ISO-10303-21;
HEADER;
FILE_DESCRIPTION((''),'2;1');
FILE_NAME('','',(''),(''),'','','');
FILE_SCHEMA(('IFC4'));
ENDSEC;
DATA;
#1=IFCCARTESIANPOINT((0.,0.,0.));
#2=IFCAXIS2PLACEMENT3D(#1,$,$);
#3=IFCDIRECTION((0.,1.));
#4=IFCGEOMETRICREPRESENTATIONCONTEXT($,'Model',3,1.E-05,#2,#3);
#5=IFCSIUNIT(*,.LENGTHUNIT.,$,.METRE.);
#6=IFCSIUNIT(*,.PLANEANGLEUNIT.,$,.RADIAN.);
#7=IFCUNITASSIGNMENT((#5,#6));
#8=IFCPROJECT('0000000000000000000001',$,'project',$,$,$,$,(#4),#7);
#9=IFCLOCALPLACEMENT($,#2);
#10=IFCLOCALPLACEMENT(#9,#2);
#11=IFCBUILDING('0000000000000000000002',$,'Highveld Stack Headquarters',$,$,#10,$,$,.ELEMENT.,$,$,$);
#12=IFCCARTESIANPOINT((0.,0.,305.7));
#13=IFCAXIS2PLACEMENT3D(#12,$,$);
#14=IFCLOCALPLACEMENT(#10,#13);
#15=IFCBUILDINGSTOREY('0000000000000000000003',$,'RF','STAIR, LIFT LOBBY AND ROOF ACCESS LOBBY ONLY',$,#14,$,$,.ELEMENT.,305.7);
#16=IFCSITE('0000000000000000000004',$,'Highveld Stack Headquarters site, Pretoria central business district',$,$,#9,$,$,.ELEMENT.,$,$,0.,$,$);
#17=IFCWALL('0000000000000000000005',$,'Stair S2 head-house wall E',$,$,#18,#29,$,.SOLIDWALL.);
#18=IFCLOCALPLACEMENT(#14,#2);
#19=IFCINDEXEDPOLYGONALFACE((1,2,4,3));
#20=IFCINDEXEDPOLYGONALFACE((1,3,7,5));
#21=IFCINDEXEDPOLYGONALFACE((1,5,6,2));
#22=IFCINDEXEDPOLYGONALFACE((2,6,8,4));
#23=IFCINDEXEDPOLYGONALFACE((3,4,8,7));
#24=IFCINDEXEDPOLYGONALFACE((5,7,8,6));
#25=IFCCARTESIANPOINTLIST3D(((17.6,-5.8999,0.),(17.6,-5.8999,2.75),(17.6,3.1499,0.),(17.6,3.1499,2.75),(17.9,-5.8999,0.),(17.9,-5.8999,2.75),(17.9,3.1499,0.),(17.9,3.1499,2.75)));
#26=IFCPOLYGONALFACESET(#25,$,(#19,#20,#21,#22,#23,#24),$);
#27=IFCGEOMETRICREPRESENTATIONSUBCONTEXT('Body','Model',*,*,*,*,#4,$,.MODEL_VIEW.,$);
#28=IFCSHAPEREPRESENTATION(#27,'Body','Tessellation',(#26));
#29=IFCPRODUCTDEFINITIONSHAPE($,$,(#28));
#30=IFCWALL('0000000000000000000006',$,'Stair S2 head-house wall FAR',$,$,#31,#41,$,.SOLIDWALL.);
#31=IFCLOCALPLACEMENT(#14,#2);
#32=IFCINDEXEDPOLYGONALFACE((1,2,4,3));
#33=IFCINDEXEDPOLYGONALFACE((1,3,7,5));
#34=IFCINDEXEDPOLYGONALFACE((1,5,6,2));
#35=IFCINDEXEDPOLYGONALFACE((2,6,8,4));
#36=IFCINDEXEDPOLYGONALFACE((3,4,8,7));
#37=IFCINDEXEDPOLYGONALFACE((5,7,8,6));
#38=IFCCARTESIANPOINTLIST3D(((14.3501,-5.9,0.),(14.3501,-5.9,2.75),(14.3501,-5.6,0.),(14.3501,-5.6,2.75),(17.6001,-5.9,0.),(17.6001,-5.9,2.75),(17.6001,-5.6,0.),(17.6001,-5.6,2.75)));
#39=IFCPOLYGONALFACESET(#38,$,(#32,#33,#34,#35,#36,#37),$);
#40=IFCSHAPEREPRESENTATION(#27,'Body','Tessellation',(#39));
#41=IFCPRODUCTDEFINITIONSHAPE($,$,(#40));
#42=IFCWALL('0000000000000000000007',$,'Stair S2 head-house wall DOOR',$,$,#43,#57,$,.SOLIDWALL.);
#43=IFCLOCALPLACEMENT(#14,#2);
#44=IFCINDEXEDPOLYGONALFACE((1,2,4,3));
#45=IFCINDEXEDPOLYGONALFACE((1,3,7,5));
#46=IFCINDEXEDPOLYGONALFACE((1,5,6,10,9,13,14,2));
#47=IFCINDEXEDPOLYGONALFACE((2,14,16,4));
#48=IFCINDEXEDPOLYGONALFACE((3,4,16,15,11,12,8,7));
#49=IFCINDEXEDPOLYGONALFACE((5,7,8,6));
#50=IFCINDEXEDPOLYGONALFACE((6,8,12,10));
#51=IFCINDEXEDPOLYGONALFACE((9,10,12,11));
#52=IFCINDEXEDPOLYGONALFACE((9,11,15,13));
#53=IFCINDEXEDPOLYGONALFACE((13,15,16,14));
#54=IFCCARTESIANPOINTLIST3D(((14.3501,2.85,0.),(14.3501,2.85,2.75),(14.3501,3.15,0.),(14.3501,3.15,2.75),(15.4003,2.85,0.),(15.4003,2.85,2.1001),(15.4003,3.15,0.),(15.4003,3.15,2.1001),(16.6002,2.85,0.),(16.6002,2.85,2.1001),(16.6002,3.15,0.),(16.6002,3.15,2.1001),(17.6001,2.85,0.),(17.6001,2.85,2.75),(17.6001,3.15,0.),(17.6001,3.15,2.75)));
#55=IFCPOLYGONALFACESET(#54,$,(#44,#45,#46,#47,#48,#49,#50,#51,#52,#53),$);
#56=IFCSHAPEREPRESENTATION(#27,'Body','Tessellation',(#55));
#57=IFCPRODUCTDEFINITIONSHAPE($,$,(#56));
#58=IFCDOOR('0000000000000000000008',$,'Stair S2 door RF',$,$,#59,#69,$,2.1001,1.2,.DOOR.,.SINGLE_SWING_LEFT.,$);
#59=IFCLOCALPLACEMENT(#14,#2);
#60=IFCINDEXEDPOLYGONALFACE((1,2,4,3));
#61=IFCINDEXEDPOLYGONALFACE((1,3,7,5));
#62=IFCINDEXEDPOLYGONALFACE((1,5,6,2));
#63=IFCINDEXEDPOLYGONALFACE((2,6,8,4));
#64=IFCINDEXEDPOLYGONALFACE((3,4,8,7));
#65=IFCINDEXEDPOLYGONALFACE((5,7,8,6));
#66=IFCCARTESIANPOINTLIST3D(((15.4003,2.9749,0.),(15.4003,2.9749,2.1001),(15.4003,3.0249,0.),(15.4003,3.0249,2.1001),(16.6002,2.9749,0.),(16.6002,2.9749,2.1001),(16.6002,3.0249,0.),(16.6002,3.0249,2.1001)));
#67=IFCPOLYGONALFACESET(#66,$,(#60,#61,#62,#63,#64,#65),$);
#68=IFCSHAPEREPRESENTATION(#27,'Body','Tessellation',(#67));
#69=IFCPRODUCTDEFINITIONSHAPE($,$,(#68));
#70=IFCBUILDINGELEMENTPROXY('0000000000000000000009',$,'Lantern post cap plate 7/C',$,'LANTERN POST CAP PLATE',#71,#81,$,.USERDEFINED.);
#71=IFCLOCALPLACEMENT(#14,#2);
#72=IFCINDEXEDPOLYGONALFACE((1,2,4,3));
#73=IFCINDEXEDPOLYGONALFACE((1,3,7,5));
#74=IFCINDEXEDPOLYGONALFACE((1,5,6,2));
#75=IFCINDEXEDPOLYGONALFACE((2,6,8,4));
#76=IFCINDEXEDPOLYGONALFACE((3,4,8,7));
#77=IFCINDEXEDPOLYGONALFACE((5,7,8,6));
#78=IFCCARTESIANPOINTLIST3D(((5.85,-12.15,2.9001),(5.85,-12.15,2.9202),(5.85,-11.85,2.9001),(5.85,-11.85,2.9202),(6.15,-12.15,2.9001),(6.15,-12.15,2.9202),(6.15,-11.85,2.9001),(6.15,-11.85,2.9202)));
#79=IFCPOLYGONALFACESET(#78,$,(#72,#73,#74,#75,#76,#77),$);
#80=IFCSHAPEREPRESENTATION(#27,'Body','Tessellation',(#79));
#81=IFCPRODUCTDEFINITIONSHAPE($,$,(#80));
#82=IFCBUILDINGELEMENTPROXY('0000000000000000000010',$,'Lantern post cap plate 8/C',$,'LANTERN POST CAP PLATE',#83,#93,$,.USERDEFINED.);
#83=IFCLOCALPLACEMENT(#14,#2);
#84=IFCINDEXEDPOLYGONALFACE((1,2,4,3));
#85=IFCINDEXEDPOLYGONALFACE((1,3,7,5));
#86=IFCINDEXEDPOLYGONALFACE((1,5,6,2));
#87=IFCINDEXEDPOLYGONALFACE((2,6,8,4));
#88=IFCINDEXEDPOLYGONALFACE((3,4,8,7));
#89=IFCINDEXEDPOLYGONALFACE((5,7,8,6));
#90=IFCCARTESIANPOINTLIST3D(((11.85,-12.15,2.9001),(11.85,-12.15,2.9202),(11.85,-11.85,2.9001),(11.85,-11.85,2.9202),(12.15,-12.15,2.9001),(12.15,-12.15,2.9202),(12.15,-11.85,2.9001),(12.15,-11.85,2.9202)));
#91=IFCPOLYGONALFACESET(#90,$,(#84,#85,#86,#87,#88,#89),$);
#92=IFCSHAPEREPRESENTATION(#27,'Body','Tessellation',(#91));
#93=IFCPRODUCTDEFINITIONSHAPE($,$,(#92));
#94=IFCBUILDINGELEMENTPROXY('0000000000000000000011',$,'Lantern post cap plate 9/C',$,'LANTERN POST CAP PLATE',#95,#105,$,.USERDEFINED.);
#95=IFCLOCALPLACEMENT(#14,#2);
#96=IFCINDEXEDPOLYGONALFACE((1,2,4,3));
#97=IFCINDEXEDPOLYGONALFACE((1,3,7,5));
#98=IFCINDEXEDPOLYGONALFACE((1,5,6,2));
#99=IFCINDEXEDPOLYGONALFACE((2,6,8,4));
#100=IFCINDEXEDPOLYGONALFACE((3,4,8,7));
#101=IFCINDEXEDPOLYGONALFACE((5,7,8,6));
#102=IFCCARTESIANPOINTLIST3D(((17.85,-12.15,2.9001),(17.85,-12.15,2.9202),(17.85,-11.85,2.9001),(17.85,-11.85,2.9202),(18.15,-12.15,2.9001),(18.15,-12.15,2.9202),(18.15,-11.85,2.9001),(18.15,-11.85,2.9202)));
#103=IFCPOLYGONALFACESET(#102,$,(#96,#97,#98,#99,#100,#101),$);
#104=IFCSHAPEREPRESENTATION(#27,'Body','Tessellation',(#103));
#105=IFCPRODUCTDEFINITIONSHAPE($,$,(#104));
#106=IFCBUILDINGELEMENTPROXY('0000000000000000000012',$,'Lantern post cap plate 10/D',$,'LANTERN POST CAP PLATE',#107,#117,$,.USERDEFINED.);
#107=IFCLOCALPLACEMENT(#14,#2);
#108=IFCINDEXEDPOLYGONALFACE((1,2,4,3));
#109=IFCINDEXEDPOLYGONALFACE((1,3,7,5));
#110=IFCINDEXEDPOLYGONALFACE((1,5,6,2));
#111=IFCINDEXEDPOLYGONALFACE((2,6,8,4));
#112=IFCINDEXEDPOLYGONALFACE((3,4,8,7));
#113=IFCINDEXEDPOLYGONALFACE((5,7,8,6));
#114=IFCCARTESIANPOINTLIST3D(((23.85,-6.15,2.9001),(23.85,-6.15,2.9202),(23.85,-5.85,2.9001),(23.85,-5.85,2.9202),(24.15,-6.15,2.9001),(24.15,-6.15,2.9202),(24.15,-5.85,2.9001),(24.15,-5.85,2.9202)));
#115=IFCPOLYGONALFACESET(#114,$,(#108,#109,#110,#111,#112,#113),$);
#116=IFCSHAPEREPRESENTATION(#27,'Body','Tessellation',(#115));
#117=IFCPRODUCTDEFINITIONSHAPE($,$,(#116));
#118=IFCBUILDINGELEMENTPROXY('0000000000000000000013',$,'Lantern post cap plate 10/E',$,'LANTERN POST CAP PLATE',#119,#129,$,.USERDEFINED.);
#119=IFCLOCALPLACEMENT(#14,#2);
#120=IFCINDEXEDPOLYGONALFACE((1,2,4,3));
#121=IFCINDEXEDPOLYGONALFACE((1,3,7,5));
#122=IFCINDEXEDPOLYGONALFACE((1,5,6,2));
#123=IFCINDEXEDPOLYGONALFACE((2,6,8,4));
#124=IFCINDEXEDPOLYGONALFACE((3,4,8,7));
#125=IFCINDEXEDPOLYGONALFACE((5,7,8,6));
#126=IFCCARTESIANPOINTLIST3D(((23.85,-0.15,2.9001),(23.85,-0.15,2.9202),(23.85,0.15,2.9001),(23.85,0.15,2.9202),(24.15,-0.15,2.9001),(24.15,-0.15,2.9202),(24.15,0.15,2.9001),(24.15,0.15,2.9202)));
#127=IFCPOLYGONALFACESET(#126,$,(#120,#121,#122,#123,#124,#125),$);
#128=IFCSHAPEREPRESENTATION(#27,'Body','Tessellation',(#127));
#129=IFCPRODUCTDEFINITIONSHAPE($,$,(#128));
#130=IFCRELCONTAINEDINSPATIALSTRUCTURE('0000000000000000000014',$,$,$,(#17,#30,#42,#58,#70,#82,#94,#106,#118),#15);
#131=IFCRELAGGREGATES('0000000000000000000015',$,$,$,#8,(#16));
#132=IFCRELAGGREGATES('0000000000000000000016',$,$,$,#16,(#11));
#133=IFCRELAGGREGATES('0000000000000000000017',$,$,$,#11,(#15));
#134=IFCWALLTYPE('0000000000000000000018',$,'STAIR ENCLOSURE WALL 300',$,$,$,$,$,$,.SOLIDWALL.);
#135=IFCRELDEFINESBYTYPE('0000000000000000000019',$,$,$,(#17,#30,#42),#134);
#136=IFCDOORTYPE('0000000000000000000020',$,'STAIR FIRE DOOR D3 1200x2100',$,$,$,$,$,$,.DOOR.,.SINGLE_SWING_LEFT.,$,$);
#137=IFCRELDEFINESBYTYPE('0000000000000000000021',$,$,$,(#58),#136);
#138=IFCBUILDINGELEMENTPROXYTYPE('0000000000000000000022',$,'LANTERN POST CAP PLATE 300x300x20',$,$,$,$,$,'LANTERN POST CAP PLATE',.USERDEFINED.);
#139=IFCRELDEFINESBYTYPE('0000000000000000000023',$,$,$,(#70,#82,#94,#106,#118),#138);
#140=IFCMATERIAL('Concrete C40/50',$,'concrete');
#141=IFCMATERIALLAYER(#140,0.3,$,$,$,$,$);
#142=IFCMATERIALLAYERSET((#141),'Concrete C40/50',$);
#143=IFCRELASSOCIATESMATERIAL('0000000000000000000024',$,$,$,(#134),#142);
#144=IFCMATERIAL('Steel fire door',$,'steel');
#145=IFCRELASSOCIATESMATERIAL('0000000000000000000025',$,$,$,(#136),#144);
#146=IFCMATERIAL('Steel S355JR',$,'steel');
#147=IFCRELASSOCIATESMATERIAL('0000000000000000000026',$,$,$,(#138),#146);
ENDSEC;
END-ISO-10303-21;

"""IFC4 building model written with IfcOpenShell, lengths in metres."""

from ifc_helpers import new_model, si_unit, direction, frame, frame_2d, origin, origin_2d, place, context, subcontext, project, spatial, rectangle, extrude, material, layer, layer_set, type_object, element, fill, save


model = new_model("IFC4")

# Units and contexts
model_context = context("Model", 3, precision=1e-05, world=origin(), true_north=direction((0.0, 1.0)))
body_context = subcontext(model_context, "Body", "Model", "MODEL_VIEW")
ifc_project = project(units=[si_unit("LENGTHUNIT", "METRE"), si_unit("PLANEANGLEUNIT", "RADIAN")], contexts=[model_context])

# Site, building, storey
site_placement = place(None, origin())
site = spatial("IfcSite", under=ifc_project, at=site_placement, Name="Highveld Stack Headquarters site, Pretoria central business district", CompositionType="ELEMENT", RefElevation=0.0)
building_placement = place(site_placement, origin())
building = spatial("IfcBuilding", under=site, at=building_placement, Name="Highveld Stack Headquarters", CompositionType="ELEMENT")
storey_placement = place(building_placement, frame((0.0, 0.0, 305.7)))
storey = spatial("IfcBuildingStorey", under=building, at=storey_placement, Name="RF", Description="STAIR, LIFT LOBBY AND ROOF ACCESS LOBBY ONLY", CompositionType="ELEMENT", Elevation=305.7)

# Walls
ifc_material_1 = material(Name="Concrete C40/50", Category="concrete")
ifc_layer_1 = layer(ifc_material_1, 0.3)
ifc_layer_set_1 = layer_set([ifc_layer_1], Name="Concrete C40/50")
wall_type_1 = type_object("IfcWallType", Name="STAIR ENCLOSURE WALL 300", PredefinedType="SOLIDWALL", material=ifc_layer_set_1)
for number, where, z_axis, x_axis, name in (
    (1, (17.75, -5.8999, 0.0), (0.0, 0.0, 1.0), (0.0, 1.0, 0.0), "Stair S2 head-house wall E"),
):
    element("IfcWall", number, at=place(storey_placement, frame(where, z_axis=z_axis, x_axis=x_axis)), inside=storey, type_object=wall_type_1, Name=name, PredefinedType="SOLIDWALL", context=body_context, shape_type="SweptSolid", body=[
        extrude(rectangle(XDim=9.0498, YDim=0.3, at=frame_2d((4.5249, 0.0))), origin(), (0.0, 0.0, 1.0), 2.75),
    ])
wall_1_placement = place(storey_placement, frame((14.3501, -5.75, 0.0), z_axis=(0.0, 0.0, 1.0), x_axis=(1.0, 0.0, 0.0)))
element("IfcWall", 2, at=wall_1_placement, inside=storey, type_object=wall_type_1, Name="Stair S2 head-house wall FAR", PredefinedType="SOLIDWALL", context=body_context, shape_type="SweptSolid", body=[
    extrude(rectangle(XDim=3.25, YDim=0.3, at=frame_2d((1.625, 0.0))), origin(), (0.0, 0.0, 1.0), 2.75),
])

# Wall, opening, door
wall_2_placement = place(storey_placement, frame((14.3501, 3.0, 0.0), z_axis=(0.0, 0.0, 1.0), x_axis=(1.0, 0.0, 0.0)))
wall_2 = element("IfcWall", 3, at=wall_2_placement, inside=storey, type_object=wall_type_1, Name="Stair S2 head-house wall DOOR", PredefinedType="SOLIDWALL", context=body_context, shape_type="SweptSolid", body=[
    extrude(rectangle(XDim=3.25, YDim=0.3, at=frame_2d((1.625, 0.0))), origin(), (0.0, 0.0, 1.0), 2.75),
])
opening_placement = place(wall_2_placement, frame((1.05, 0.0, 0.0)))
opening = element("IfcOpeningElement", 4, at=opening_placement, cuts=wall_2, PredefinedType="OPENING", context=body_context, shape_type="SweptSolid", body=[
    extrude(rectangle(XDim=1.2, YDim=2.1001, at=frame_2d((0.6001, 1.05))), frame((0.0, 0.1599, 0.0), z_axis=(0.0, -1.0, 0.0), x_axis=(1.0, 0.0, 0.0)), (0.0, 0.0, 1.0), 0.3201),
])
ifc_material_2 = material(Name="Steel fire door", Category="steel")
door_type = type_object("IfcDoorType", Name="STAIR FIRE DOOR D3 1200x2100", OperationType="SINGLE_SWING_LEFT", PredefinedType="DOOR", material=ifc_material_2)
door_placement = place(opening_placement, origin())
door = element("IfcDoor", 5, at=door_placement, inside=storey, type_object=door_type, Name="Stair S2 door RF", OperationType="SINGLE_SWING_LEFT", OverallHeight=2.1001, OverallWidth=1.2, PredefinedType="DOOR", context=body_context, shape_type="SweptSolid", body=[
    extrude(rectangle(XDim=1.2, YDim=2.1001, at=frame_2d((0.6001, 1.05))), frame((0.0, 0.0249, 0.0), z_axis=(0.0, -1.0, 0.0), x_axis=(1.0, 0.0, 0.0)), (0.0, 0.0, 1.0), 0.05),
])
fill(opening, door)

# Building element proxies
ifc_material_3 = material(Name="Steel S355JR", Category="steel")
building_element_proxy_type = type_object("IfcBuildingElementProxyType", Name="LANTERN POST CAP PLATE 300x300x20", ElementType="LANTERN POST CAP PLATE", PredefinedType="USERDEFINED", material=ifc_material_3)
for number, where, z_axis, x_axis, name in (
    (6, (6.0, -12.0, 2.9001), (0.0, 0.0, 1.0), (1.0, 0.0, 0.0), "Lantern post cap plate 7/C"),
    (7, (12.0, -12.0, 2.9001), (0.0, 0.0, 1.0), (1.0, 0.0, 0.0), "Lantern post cap plate 8/C"),
    (8, (18.0, -12.0, 2.9001), (0.0, 0.0, 1.0), (1.0, 0.0, 0.0), "Lantern post cap plate 9/C"),
    (9, (24.0, -6.0, 2.9001), (0.0, 0.0, 1.0), (1.0, 0.0, 0.0), "Lantern post cap plate 10/D"),
    (10, (24.0, 0.0, 2.9001), (0.0, 0.0, 1.0), (1.0, 0.0, 0.0), "Lantern post cap plate 10/E"),
):
    element("IfcBuildingElementProxy", number, at=place(storey_placement, frame(where, z_axis=z_axis, x_axis=x_axis)), inside=storey, type_object=building_element_proxy_type, Name=name, ObjectType="LANTERN POST CAP PLATE", PredefinedType="USERDEFINED", context=body_context, shape_type="SweptSolid", body=[
        extrude(rectangle(XDim=0.3, YDim=0.3, at=origin_2d()), origin(), (0.0, 0.0, 1.0), 0.02),
    ])

save(model, "model.ifc")
